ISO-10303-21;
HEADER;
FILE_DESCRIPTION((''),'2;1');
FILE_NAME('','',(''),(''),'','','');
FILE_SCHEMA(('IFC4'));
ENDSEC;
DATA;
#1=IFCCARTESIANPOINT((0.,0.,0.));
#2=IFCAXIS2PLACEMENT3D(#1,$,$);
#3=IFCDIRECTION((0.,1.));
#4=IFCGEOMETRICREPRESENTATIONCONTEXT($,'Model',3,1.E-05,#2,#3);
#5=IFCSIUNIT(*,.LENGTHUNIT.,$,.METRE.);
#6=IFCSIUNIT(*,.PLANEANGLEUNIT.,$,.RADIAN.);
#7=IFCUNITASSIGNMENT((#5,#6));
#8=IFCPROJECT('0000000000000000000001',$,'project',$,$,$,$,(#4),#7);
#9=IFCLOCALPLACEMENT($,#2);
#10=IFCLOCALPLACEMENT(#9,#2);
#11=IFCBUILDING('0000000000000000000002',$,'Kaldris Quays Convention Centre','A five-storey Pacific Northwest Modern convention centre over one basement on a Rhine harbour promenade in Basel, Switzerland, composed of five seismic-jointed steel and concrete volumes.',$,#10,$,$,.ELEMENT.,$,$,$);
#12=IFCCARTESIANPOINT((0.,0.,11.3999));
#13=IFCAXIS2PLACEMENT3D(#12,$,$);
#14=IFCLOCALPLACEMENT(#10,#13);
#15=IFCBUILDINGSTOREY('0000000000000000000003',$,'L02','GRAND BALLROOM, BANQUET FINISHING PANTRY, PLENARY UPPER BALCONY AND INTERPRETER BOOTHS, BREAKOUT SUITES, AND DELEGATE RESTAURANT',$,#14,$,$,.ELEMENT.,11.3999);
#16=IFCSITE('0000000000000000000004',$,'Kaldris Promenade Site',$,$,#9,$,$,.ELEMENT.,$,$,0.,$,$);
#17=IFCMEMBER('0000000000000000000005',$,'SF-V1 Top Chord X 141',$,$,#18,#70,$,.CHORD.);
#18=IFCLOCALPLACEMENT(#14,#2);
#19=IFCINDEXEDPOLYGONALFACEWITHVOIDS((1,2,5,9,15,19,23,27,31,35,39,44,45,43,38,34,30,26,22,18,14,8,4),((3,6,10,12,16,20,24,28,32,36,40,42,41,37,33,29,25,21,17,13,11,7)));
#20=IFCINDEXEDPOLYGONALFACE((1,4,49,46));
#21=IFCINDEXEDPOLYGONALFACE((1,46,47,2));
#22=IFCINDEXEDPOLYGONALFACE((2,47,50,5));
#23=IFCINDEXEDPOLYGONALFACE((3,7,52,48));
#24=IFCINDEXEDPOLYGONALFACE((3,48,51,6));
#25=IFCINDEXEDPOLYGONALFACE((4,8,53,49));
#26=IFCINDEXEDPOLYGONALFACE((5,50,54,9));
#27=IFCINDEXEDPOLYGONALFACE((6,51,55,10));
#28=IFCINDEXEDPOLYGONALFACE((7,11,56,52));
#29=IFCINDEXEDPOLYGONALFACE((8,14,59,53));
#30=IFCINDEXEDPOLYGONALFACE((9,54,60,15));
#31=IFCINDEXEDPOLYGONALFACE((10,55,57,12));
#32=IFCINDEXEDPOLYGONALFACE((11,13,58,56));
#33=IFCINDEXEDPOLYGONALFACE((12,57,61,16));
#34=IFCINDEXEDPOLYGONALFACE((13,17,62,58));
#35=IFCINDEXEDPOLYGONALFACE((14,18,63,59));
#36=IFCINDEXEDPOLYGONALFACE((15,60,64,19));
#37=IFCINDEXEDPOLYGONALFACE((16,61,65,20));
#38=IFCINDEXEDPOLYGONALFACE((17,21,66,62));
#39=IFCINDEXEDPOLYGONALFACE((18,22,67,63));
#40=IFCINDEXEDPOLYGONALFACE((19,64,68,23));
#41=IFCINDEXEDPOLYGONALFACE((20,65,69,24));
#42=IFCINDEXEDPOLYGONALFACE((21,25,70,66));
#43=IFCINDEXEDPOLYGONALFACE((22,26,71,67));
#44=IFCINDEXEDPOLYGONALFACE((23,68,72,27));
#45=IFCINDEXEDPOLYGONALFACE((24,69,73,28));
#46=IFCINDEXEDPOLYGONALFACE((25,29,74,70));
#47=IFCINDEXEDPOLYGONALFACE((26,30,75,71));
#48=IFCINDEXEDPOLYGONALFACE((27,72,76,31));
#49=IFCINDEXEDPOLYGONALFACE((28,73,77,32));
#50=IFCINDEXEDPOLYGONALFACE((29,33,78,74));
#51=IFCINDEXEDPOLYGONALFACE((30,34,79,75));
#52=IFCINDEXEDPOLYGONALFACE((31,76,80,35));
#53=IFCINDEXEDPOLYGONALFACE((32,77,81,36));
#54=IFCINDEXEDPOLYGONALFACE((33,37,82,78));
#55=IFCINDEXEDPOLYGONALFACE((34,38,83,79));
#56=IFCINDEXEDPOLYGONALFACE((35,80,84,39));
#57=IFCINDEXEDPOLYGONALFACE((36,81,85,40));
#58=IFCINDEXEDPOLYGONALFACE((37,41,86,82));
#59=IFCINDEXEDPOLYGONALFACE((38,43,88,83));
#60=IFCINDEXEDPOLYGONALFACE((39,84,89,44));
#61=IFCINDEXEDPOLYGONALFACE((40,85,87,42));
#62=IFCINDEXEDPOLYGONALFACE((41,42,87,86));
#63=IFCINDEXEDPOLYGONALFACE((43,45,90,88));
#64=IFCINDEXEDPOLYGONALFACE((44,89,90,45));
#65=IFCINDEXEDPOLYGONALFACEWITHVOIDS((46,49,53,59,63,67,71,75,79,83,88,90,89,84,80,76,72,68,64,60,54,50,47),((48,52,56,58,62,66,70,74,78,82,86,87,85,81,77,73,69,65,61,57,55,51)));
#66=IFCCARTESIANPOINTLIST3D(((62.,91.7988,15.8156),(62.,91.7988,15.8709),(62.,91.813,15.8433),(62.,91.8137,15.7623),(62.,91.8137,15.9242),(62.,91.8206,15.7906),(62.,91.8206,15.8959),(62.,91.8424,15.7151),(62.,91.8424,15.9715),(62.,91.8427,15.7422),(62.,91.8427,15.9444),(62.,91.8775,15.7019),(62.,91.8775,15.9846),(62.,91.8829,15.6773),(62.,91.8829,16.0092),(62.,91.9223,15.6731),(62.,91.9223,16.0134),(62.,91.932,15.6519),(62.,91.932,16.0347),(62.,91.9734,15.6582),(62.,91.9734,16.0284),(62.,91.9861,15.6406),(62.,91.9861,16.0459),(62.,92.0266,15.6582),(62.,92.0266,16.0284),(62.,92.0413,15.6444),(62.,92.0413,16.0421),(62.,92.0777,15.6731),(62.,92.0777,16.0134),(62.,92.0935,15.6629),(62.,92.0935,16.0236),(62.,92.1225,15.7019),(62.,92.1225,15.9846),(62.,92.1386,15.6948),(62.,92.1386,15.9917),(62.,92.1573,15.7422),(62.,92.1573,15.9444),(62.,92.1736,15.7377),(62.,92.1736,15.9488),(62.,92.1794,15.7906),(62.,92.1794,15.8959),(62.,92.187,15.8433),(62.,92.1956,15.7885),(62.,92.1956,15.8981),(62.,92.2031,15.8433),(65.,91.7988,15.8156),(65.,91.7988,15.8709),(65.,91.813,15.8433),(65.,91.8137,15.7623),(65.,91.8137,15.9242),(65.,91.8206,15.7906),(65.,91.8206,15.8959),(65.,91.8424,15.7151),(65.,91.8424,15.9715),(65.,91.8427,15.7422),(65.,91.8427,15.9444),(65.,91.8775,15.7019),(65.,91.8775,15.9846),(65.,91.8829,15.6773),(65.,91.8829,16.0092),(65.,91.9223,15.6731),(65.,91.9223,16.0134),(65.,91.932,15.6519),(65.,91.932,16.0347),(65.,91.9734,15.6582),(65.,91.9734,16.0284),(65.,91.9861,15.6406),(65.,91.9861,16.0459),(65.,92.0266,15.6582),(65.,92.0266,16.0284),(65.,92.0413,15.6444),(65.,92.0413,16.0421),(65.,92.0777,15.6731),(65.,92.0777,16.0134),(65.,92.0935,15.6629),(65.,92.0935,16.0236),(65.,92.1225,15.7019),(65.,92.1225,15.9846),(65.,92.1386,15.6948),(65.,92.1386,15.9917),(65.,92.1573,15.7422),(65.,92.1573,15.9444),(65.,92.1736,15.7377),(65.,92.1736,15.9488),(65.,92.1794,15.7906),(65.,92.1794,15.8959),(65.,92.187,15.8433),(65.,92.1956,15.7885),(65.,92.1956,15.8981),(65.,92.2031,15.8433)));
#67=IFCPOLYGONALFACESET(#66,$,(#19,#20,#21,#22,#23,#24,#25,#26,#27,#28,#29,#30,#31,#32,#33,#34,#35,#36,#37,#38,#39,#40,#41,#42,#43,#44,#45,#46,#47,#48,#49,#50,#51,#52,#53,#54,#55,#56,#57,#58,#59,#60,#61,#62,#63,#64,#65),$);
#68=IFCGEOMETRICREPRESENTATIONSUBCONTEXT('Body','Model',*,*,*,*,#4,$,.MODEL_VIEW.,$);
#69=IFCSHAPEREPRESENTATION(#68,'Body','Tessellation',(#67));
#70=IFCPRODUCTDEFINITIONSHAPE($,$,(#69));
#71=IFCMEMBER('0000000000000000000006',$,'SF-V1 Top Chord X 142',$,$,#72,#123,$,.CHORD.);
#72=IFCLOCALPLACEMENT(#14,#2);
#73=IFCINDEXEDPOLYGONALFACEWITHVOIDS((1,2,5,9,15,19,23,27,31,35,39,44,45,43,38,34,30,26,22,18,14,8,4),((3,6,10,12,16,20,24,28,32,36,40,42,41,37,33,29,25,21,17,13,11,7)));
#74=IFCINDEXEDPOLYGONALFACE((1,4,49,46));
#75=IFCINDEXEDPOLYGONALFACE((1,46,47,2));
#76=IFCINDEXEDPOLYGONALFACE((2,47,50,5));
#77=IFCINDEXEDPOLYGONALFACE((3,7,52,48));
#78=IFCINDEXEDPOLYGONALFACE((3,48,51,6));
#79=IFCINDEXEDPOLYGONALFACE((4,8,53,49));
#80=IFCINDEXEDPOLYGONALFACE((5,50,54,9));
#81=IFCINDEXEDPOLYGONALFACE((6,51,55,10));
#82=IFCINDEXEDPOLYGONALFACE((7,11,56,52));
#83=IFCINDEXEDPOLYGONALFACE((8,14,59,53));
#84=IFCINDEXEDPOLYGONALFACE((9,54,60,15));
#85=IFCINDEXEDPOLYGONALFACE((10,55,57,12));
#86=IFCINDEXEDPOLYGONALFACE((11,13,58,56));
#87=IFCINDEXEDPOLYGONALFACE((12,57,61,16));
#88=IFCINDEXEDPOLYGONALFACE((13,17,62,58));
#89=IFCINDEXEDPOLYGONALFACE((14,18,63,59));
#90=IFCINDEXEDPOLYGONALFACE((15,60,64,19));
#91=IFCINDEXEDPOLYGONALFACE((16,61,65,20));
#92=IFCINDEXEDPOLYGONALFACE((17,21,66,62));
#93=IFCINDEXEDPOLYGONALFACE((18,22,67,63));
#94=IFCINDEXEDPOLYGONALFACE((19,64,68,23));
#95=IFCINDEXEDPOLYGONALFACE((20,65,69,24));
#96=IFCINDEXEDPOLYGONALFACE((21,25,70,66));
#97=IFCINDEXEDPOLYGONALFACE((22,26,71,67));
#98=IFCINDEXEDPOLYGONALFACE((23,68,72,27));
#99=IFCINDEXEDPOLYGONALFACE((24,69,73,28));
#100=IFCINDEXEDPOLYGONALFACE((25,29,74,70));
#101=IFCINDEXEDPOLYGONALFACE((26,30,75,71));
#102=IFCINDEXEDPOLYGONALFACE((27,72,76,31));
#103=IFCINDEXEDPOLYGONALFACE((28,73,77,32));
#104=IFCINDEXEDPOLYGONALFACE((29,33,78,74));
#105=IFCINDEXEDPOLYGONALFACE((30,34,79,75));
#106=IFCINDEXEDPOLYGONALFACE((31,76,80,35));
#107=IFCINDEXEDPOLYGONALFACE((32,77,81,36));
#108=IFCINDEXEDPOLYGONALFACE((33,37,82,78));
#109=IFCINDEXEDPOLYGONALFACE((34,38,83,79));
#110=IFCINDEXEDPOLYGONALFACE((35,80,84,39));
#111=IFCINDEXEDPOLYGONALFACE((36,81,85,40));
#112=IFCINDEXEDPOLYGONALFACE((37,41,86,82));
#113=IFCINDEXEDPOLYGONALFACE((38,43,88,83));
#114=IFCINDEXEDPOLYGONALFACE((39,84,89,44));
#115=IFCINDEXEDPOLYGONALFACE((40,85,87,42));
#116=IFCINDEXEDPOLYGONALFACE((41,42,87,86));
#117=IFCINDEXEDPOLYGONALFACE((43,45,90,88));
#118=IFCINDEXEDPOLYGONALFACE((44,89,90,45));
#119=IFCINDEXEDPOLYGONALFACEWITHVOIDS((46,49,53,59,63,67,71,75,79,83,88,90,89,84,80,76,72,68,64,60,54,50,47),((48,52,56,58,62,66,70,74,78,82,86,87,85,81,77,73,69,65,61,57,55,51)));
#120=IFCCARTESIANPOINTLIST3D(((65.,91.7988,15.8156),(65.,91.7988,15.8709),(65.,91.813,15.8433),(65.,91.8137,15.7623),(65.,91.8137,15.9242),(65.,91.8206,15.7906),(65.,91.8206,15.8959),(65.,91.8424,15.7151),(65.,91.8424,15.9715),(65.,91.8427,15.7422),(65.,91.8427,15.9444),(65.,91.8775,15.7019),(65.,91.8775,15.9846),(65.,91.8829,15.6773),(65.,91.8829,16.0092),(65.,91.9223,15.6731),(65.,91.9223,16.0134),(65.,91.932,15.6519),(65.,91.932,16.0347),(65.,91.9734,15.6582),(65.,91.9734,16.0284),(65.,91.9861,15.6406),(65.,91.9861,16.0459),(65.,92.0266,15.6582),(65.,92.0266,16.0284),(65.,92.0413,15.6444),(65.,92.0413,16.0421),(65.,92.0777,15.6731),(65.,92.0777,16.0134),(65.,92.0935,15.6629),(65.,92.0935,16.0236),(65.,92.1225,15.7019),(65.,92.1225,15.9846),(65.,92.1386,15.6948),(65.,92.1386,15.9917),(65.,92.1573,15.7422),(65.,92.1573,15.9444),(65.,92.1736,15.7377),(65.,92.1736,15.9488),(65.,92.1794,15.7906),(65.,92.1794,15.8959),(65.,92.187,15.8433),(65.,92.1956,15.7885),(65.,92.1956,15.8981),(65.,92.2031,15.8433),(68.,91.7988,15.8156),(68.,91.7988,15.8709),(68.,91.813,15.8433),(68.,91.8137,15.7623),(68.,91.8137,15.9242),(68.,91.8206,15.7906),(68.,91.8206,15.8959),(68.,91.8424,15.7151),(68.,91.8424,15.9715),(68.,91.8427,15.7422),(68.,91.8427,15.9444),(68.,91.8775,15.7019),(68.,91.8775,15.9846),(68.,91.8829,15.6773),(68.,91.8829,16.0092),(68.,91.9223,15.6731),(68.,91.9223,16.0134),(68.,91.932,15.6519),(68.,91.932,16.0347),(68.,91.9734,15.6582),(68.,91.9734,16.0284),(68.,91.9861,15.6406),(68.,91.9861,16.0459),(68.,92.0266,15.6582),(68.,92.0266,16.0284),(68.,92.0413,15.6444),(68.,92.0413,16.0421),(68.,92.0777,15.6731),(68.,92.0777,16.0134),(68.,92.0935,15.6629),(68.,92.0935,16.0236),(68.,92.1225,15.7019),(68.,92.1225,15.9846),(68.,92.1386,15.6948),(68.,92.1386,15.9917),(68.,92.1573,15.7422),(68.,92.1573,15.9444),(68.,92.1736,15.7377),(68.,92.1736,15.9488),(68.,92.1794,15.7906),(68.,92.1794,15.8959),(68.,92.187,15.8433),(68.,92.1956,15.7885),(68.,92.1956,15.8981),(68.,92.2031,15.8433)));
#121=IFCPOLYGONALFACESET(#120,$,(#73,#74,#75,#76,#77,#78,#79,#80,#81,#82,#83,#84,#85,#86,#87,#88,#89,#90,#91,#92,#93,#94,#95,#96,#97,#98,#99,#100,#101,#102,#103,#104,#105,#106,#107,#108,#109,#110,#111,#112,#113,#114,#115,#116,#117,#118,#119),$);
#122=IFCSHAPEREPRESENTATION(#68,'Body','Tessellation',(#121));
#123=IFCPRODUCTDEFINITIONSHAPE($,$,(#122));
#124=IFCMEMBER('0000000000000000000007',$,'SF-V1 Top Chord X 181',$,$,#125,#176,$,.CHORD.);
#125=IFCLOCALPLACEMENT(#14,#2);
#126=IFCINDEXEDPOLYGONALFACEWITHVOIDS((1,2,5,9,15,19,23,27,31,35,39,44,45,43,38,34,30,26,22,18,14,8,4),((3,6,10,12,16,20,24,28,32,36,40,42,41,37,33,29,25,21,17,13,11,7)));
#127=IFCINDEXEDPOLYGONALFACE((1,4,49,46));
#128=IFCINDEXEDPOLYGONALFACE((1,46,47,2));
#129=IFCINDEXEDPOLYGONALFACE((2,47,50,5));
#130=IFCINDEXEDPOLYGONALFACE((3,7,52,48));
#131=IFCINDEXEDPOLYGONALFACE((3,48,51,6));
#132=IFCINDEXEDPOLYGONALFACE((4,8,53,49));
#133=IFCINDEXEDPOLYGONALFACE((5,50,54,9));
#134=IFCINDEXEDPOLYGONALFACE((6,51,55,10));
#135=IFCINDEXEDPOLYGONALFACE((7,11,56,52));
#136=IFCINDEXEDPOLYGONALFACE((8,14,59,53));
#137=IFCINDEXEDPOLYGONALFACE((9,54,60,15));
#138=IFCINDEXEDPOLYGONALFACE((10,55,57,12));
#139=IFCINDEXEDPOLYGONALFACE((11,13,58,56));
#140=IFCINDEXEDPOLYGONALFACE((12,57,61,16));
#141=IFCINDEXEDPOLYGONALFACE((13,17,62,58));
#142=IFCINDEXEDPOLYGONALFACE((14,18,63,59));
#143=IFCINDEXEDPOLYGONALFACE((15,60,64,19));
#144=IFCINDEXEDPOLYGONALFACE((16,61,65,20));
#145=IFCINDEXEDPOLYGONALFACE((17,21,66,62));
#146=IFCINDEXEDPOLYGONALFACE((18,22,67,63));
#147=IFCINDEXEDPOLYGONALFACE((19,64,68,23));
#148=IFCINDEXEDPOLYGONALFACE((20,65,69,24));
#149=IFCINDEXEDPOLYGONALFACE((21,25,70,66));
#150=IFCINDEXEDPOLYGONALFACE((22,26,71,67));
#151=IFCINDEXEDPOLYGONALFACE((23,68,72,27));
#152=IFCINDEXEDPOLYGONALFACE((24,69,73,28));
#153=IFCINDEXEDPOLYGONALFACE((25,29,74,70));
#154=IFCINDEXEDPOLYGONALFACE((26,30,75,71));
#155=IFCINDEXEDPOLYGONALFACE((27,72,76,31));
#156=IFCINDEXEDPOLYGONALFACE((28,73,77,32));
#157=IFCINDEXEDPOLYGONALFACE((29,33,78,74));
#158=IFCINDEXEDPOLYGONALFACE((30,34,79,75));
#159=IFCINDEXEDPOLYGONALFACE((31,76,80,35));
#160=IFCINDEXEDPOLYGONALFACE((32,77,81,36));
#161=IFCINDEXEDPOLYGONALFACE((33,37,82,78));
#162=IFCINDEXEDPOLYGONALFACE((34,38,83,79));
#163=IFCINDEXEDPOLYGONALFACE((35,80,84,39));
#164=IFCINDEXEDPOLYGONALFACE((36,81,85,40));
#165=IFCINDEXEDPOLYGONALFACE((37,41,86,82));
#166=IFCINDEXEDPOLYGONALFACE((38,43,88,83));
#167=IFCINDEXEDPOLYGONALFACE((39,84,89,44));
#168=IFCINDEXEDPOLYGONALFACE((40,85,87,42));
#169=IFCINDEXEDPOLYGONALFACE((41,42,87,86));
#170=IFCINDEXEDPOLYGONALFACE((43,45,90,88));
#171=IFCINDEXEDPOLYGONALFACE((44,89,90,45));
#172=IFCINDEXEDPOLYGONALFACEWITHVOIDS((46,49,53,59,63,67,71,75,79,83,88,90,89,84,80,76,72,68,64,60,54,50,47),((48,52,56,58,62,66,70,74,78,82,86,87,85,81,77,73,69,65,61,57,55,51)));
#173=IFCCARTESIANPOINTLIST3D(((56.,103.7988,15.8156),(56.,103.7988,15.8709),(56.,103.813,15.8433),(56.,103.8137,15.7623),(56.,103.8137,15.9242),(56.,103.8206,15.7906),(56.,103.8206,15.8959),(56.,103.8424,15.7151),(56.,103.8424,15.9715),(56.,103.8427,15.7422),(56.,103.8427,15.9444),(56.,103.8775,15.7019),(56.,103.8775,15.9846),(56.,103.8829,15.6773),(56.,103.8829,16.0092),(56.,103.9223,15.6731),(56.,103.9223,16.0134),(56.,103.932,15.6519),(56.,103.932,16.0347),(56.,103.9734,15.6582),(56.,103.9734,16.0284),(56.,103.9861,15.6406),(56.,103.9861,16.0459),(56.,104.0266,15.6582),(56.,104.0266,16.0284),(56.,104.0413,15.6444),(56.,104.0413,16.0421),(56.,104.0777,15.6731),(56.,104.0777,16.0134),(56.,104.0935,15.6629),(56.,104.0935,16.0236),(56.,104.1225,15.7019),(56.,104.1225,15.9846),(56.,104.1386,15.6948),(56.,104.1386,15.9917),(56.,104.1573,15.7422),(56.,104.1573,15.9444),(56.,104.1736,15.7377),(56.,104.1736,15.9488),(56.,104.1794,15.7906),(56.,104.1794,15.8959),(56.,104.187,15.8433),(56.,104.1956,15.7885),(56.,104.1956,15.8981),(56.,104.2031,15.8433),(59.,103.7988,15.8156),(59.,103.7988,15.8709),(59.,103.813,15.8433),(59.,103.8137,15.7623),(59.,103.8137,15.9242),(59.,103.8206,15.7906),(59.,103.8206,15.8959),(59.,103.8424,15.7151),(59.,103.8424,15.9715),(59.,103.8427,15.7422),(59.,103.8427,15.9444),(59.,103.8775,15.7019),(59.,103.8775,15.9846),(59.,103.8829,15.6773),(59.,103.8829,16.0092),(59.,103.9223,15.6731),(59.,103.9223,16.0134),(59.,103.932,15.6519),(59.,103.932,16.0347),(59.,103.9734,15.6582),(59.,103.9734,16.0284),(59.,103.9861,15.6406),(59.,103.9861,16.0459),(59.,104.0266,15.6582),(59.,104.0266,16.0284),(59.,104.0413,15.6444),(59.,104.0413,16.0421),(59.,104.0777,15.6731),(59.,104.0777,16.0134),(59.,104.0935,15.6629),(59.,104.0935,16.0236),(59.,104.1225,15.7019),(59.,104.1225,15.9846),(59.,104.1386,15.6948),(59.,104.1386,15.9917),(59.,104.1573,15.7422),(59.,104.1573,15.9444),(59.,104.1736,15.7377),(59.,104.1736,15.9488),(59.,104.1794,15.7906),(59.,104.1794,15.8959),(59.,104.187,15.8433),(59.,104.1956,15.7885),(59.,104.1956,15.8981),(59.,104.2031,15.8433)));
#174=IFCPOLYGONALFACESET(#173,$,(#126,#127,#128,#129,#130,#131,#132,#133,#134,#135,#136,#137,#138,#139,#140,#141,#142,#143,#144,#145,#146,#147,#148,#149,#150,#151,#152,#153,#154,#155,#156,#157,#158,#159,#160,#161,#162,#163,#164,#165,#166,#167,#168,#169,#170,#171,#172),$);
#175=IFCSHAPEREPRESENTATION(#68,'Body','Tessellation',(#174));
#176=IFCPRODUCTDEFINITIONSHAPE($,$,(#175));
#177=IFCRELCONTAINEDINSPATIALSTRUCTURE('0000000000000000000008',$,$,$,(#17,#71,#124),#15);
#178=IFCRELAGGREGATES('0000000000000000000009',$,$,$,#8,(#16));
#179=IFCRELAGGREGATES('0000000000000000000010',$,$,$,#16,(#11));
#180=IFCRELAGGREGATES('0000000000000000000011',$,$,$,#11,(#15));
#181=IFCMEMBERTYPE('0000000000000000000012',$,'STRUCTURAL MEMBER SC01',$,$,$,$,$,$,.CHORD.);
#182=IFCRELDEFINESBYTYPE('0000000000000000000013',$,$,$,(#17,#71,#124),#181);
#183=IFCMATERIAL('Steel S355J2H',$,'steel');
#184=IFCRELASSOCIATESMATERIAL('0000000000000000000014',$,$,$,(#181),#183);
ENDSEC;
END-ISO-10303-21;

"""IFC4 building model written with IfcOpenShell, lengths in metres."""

from ifc_helpers import new_model, si_unit, direction, frame, origin, origin_2d, place, context, subcontext, project, spatial, hollow_circle, extrude, material, material_profile, profile_set, type_object, element, save


model = new_model("IFC4")

# Units and contexts
model_context = context("Model", 3, precision=1e-05, world=origin(), true_north=direction((0.0, 1.0)))
body_context = subcontext(model_context, "Body", "Model", "MODEL_VIEW")
ifc_project = project(units=[si_unit("LENGTHUNIT", "METRE"), si_unit("PLANEANGLEUNIT", "RADIAN")], contexts=[model_context])

# Site, building, storey
site_placement = place(None, origin())
site = spatial("IfcSite", under=ifc_project, at=site_placement, Name="Kaldris Promenade Site", CompositionType="ELEMENT", RefElevation=0.0)
building_placement = place(site_placement, origin())
building = spatial("IfcBuilding", under=site, at=building_placement, Name="Kaldris Quays Convention Centre", Description="A five-storey Pacific Northwest Modern convention centre over one basement on a Rhine harbour promenade in Basel, Switzerland, composed of five seismic-jointed steel and concrete volumes.", CompositionType="ELEMENT")
storey_placement = place(building_placement, frame((0.0, 0.0, 11.3999)))
storey = spatial("IfcBuildingStorey", under=building, at=storey_placement, Name="L02", Description="GRAND BALLROOM, BANQUET FINISHING PANTRY, PLENARY UPPER BALCONY AND INTERPRETER BOOTHS, BREAKOUT SUITES, AND DELEGATE RESTAURANT", CompositionType="ELEMENT", Elevation=11.3999)

# Members
ifc_material_1 = material(Name="Steel S355J2H", Category="steel")
ifc_material_profile_1 = material_profile(ifc_material_1, hollow_circle(Radius=0.2031, WallThickness=0.0161, at=origin_2d()), Name="CHS 406.4x16")
ifc_profile_set_1 = profile_set([ifc_material_profile_1], Name="Steel S355J2H")
member_type_1 = type_object("IfcMemberType", Name="STRUCTURAL MEMBER SC01", PredefinedType="CHORD", material=ifc_profile_set_1)
for number, where, z_axis, x_axis, name in (
    (1, (62.0, 92.0, 15.8433), (1.0, 0.0, 0.0), (0.0, 1.0, 0.0), "SF-V1 Top Chord X 141"),
    (2, (65.0, 92.0, 15.8433), (1.0, 0.0, 0.0), (0.0, 1.0, 0.0), "SF-V1 Top Chord X 142"),
    (3, (56.0, 104.0, 15.8433), (1.0, 0.0, 0.0), (0.0, 1.0, 0.0), "SF-V1 Top Chord X 181"),
):
    element("IfcMember", number, at=place(storey_placement, frame(where, z_axis=z_axis, x_axis=x_axis)), inside=storey, type_object=member_type_1, Name=name, PredefinedType="CHORD", context=body_context, shape_type="SweptSolid", body=[
        extrude(hollow_circle(Radius=0.2031, WallThickness=0.0161, at=origin_2d()), origin(), (0.0, 0.0, 1.0), 3.0),
    ])

save(model, "model.ifc")
